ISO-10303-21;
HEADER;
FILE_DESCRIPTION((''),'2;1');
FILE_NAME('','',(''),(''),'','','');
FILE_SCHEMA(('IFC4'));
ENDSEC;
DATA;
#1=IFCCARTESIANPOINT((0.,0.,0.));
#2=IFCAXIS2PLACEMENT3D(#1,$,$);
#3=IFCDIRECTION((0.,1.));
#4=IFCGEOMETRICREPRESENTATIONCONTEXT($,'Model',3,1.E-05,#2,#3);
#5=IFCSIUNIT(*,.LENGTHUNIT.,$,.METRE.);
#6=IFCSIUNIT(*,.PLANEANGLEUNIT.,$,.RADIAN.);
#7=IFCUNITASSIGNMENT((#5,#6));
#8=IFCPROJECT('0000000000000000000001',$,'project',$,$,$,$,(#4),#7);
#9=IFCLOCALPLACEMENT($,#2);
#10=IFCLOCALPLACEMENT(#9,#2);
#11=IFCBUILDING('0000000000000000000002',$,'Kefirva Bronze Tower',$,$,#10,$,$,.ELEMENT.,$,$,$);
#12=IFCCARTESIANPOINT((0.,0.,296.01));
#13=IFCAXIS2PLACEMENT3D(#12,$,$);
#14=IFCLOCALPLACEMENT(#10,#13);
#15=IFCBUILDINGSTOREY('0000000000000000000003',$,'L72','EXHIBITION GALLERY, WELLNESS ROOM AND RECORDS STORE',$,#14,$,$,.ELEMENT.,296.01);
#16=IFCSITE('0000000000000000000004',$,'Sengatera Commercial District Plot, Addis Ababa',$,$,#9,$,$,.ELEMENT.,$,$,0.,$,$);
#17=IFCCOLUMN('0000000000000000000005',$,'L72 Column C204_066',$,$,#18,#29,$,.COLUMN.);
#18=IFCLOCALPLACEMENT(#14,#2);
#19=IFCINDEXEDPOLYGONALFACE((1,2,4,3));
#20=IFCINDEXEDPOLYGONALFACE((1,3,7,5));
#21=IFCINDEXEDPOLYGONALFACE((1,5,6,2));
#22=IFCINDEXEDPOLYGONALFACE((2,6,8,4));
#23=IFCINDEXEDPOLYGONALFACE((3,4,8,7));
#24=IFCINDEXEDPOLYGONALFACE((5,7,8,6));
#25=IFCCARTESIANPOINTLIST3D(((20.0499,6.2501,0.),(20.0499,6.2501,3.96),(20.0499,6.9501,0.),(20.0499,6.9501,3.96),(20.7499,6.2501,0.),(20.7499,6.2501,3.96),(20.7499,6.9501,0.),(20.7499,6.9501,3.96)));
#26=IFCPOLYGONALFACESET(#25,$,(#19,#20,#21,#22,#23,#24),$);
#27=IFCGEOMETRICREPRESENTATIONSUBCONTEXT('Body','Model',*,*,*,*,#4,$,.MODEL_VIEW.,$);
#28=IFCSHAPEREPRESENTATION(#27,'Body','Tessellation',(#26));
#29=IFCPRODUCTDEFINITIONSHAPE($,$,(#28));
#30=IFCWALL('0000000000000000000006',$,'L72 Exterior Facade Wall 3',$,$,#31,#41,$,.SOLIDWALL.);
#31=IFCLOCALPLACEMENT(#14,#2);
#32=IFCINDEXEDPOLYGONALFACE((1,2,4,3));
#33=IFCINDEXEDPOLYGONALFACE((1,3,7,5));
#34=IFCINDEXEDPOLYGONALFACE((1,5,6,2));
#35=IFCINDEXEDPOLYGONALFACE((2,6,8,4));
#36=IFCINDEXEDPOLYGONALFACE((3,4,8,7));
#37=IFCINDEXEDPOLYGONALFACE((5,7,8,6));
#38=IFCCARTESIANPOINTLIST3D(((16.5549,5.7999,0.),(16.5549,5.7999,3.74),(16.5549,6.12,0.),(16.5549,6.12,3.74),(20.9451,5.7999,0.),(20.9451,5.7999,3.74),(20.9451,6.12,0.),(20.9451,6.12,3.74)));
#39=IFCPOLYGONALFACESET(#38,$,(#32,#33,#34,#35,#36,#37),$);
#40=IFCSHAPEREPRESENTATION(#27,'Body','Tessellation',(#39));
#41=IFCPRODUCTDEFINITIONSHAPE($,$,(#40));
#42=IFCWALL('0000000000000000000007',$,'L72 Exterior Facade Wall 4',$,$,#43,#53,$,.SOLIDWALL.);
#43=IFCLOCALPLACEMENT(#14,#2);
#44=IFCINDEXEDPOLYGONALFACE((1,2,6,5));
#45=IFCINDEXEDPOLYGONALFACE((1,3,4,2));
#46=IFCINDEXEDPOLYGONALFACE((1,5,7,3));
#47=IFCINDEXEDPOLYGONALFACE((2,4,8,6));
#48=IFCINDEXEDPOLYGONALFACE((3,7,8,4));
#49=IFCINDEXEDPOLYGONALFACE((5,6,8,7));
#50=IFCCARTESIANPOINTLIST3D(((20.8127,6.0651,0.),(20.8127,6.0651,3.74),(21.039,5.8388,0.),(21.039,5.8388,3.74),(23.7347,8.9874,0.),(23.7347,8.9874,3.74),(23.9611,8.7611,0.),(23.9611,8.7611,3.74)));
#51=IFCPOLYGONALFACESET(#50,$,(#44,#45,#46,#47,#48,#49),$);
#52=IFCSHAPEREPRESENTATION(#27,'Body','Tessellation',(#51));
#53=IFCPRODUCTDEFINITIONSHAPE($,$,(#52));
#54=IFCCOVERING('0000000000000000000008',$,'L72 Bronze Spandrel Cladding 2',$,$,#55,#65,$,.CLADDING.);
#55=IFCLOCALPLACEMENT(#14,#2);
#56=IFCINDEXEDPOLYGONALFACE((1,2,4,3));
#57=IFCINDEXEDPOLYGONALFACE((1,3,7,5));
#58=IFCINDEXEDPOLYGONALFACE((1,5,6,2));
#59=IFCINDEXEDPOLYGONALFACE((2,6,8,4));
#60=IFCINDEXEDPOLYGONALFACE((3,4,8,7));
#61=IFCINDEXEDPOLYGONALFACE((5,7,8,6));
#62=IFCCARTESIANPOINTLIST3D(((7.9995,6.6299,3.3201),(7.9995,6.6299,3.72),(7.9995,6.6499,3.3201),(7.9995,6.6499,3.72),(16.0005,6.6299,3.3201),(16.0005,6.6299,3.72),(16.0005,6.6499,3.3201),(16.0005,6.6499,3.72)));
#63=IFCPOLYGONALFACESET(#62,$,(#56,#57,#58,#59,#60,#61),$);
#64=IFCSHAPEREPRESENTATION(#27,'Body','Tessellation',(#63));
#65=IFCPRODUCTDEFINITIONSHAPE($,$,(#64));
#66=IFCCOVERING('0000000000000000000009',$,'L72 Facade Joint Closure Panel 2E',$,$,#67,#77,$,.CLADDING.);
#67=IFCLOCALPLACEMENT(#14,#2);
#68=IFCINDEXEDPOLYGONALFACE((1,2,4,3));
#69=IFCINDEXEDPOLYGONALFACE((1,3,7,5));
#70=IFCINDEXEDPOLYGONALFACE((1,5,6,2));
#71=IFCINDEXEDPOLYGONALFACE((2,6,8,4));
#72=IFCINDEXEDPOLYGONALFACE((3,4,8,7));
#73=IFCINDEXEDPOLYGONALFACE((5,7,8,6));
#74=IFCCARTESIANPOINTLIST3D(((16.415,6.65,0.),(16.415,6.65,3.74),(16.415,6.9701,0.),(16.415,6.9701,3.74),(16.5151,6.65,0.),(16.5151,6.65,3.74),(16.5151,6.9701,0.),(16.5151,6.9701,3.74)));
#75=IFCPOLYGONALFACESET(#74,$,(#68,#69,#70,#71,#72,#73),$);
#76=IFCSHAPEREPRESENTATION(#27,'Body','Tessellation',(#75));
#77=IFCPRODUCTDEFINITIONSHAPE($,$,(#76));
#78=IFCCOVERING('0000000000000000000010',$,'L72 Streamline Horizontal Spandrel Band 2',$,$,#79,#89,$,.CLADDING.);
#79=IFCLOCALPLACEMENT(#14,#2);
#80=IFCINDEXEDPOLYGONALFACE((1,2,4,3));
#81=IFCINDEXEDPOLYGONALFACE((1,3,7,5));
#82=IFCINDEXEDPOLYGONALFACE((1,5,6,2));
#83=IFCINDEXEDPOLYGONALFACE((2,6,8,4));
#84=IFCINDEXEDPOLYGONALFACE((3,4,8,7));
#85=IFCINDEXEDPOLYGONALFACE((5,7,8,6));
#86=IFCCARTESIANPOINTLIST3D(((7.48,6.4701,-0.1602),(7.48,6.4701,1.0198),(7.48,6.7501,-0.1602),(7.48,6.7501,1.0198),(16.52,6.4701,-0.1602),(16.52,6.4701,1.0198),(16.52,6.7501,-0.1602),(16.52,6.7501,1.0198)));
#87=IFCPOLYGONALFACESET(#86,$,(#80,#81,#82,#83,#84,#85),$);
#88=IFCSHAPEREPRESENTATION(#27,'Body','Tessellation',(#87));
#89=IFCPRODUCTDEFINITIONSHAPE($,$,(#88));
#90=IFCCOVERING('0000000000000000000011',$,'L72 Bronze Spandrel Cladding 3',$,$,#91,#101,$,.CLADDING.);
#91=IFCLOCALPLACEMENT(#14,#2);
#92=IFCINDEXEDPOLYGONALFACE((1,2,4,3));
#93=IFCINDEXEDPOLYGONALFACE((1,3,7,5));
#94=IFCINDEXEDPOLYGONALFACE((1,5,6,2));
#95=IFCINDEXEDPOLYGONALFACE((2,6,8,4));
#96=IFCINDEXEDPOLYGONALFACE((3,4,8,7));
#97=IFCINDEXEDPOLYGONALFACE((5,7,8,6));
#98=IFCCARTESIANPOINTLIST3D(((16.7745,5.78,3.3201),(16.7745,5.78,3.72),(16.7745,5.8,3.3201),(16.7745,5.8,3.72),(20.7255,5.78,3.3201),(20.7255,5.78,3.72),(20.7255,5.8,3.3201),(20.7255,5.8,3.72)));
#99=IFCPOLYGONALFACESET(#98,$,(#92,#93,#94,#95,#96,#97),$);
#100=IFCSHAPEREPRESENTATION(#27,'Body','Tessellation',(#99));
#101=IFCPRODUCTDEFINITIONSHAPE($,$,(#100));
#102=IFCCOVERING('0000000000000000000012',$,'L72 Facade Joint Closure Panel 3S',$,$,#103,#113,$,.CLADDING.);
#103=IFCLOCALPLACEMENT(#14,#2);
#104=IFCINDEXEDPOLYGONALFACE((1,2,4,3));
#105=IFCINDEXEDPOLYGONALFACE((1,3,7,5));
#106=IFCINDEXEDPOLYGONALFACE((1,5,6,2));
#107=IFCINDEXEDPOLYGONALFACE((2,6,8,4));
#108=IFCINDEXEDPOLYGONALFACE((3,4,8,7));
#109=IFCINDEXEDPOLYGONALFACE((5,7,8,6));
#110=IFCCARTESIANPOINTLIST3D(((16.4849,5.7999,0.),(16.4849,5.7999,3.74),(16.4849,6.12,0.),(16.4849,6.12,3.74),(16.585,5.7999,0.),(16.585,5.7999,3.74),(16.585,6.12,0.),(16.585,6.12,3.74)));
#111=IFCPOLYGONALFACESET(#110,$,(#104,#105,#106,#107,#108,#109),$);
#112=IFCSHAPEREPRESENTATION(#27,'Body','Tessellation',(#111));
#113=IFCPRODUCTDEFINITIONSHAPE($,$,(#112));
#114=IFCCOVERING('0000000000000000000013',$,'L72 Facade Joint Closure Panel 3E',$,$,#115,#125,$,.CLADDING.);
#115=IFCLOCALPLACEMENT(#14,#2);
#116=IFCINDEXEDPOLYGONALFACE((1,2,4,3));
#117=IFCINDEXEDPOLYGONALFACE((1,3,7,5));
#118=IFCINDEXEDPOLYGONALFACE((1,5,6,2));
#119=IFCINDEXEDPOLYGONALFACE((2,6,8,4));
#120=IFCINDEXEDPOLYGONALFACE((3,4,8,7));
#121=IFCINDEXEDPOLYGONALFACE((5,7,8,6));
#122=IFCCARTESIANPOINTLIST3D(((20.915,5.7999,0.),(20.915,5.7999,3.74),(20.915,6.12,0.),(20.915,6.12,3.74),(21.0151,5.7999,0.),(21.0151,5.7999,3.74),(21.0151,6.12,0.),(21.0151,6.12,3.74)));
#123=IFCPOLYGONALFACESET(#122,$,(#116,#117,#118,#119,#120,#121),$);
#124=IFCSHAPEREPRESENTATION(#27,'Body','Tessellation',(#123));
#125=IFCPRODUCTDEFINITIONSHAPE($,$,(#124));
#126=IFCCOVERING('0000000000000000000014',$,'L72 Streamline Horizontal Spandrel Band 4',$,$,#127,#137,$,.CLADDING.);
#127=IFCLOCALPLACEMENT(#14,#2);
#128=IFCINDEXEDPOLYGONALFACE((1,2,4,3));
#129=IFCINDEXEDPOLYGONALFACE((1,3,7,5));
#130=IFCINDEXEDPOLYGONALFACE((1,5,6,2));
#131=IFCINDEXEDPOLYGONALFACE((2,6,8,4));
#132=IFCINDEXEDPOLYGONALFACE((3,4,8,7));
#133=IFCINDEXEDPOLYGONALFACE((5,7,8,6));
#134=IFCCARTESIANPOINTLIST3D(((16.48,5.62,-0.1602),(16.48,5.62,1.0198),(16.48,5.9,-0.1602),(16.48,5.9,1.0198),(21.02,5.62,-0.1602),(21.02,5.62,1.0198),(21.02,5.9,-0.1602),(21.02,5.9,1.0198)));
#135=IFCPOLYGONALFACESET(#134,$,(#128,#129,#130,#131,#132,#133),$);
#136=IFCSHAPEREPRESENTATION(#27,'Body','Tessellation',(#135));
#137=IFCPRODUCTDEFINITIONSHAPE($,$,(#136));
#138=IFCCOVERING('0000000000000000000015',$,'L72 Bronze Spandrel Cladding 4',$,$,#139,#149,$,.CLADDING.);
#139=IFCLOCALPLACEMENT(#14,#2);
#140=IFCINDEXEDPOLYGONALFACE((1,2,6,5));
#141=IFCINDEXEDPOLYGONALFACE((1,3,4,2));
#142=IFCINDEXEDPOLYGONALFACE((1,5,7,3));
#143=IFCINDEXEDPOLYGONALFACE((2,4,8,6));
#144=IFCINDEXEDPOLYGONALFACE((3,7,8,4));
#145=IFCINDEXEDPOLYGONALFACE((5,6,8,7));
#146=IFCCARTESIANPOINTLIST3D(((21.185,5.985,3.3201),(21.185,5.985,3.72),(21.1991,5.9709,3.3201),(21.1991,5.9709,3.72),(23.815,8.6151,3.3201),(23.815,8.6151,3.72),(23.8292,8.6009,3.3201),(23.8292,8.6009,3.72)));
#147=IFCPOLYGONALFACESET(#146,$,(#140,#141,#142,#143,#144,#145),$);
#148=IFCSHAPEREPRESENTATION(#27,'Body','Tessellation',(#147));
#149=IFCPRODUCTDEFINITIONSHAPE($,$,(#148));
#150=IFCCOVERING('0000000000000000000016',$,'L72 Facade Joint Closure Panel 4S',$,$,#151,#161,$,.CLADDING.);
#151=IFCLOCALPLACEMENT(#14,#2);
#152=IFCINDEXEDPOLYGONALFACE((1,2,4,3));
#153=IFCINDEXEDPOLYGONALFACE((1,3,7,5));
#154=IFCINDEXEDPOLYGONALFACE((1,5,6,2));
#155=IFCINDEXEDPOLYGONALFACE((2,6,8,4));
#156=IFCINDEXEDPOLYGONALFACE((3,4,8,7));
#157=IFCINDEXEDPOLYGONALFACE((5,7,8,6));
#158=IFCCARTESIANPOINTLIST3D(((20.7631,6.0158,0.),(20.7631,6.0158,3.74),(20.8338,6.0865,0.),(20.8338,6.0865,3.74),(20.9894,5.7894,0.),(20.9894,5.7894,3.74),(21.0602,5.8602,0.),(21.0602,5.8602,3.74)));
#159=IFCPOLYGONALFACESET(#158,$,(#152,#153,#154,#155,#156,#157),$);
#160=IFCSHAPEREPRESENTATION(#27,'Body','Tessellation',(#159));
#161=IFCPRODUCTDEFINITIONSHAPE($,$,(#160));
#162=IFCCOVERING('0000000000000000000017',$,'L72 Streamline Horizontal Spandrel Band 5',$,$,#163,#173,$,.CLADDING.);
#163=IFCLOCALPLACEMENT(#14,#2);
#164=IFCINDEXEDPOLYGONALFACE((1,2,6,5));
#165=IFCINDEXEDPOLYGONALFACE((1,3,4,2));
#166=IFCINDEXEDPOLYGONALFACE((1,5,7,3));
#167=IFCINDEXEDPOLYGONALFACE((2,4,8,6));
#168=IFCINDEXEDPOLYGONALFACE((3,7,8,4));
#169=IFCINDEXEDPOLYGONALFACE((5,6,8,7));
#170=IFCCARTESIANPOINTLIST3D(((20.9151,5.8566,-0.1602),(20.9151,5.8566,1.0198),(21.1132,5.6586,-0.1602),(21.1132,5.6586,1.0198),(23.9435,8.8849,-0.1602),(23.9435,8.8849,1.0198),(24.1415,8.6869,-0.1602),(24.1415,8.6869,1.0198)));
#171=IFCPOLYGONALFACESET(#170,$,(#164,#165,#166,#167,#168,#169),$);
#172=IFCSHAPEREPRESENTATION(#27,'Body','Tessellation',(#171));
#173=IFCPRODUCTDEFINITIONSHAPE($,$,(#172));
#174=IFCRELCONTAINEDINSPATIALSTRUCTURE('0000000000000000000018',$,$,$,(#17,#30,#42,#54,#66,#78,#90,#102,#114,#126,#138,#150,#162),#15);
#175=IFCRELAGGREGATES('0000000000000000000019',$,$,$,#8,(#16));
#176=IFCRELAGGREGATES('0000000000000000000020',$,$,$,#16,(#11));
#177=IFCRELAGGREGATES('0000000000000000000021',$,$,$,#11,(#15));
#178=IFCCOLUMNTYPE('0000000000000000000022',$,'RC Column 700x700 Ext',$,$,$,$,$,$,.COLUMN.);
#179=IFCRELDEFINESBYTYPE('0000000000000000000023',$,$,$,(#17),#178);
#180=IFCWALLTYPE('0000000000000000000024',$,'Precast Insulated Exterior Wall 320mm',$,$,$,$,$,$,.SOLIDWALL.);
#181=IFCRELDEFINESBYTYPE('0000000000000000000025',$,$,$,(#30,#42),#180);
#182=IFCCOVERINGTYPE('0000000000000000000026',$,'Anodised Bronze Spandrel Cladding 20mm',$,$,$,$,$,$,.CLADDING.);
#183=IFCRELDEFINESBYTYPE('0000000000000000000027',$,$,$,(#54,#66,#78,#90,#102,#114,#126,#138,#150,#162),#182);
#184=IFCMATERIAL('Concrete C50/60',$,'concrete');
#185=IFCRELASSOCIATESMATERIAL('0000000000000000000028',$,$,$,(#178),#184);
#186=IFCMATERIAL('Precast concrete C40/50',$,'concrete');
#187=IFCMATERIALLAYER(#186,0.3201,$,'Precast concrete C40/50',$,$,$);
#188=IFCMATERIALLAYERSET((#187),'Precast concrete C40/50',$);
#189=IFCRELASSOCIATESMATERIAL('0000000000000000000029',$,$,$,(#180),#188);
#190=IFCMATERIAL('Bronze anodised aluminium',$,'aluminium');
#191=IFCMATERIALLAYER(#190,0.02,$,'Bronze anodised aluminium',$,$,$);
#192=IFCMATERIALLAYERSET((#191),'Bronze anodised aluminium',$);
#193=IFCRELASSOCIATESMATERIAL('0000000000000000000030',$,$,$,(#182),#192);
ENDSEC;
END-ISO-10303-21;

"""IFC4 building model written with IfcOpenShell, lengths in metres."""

from ifc_helpers import new_model, si_unit, direction, frame, frame_2d, origin, origin_2d, place, context, subcontext, project, spatial, rectangle, extrude, material, layer, layer_set, material_profile, profile_set, type_object, element, save


model = new_model("IFC4")

# Units and contexts
model_context = context("Model", 3, precision=1e-05, world=origin(), true_north=direction((0.0, 1.0)))
body_context = subcontext(model_context, "Body", "Model", "MODEL_VIEW")
ifc_project = project(units=[si_unit("LENGTHUNIT", "METRE"), si_unit("PLANEANGLEUNIT", "RADIAN")], contexts=[model_context])

# Site, building, storey
site_placement = place(None, origin())
site = spatial("IfcSite", under=ifc_project, at=site_placement, Name="Sengatera Commercial District Plot, Addis Ababa", CompositionType="ELEMENT", RefElevation=0.0)
building_placement = place(site_placement, origin())
building = spatial("IfcBuilding", under=site, at=building_placement, Name="Kefirva Bronze Tower", CompositionType="ELEMENT")
storey_placement = place(building_placement, frame((0.0, 0.0, 296.01)))
storey = spatial("IfcBuildingStorey", under=building, at=storey_placement, Name="L72", Description="EXHIBITION GALLERY, WELLNESS ROOM AND RECORDS STORE", CompositionType="ELEMENT", Elevation=296.01)

# Column
ifc_material_1 = material(Name="Concrete C50/60", Category="concrete")
ifc_material_profile = material_profile(ifc_material_1, rectangle(XDim=0.7, YDim=0.7, at=origin_2d()), Name="RC 700x700")
ifc_profile_set = profile_set([ifc_material_profile], Name="Concrete C50/60")
column_type = type_object("IfcColumnType", Name="RC Column 700x700 Ext", PredefinedType="COLUMN", material=ifc_profile_set)
column_placement = place(storey_placement, frame((20.3999, 6.6001, 0.0), z_axis=(0.0, 0.0, 1.0), x_axis=(1.0, 0.0, 0.0)))
element("IfcColumn", 1, at=column_placement, inside=storey, type_object=column_type, Name="L72 Column C204_066", PredefinedType="COLUMN", context=body_context, shape_type="SweptSolid", body=[
    extrude(rectangle(XDim=0.7, YDim=0.7, at=origin_2d()), origin(), (0.0, 0.0, 1.0), 3.96),
])

# Walls
ifc_material_2 = material(Name="Precast concrete C40/50", Category="concrete")
ifc_layer_1 = layer(ifc_material_2, 0.3201, Name="Precast concrete C40/50")
ifc_layer_set_1 = layer_set([ifc_layer_1], Name="Precast concrete C40/50")
wall_type = type_object("IfcWallType", Name="Precast Insulated Exterior Wall 320mm", PredefinedType="SOLIDWALL", material=ifc_layer_set_1)
wall_1_placement = place(storey_placement, frame((16.5549, 5.96, 0.0), z_axis=(0.0, 0.0, 1.0), x_axis=(1.0, 0.0, 0.0)))
element("IfcWall", 2, at=wall_1_placement, inside=storey, type_object=wall_type, Name="L72 Exterior Facade Wall 3", PredefinedType="SOLIDWALL", context=body_context, shape_type="SweptSolid", body=[
    extrude(rectangle(XDim=4.3901, YDim=0.3201, at=frame_2d((2.1951, 0.0))), origin(), (0.0, 0.0, 1.0), 3.74),
])
wall_2_placement = place(storey_placement, frame((20.9258, 5.9519, 0.0), z_axis=(0.0, 0.0, 1.0), x_axis=(0.707077, 0.707136, 0.0)))
element("IfcWall", 3, at=wall_2_placement, inside=storey, type_object=wall_type, Name="L72 Exterior Facade Wall 4", PredefinedType="SOLIDWALL", context=body_context, shape_type="SweptSolid", body=[
    extrude(rectangle(XDim=4.1326, YDim=0.3201, at=frame_2d((2.0664, 0.0))), origin(), (0.0, 0.0, 1.0), 3.74),
])

# Coverings
ifc_material_3 = material(Name="Bronze anodised aluminium", Category="aluminium")
ifc_layer_2 = layer(ifc_material_3, 0.02, Name="Bronze anodised aluminium")
ifc_layer_set_2 = layer_set([ifc_layer_2], Name="Bronze anodised aluminium")
covering_type_1 = type_object("IfcCoveringType", Name="Anodised Bronze Spandrel Cladding 20mm", PredefinedType="CLADDING", material=ifc_layer_set_2)
covering_1_placement = place(storey_placement, frame((12.0, 6.6399, 3.3201), z_axis=(0.0, 0.0, 1.0), x_axis=(1.0, 0.0, 0.0)))
element("IfcCovering", 4, at=covering_1_placement, inside=storey, type_object=covering_type_1, Name="L72 Bronze Spandrel Cladding 2", PredefinedType="CLADDING", context=body_context, shape_type="SweptSolid", body=[
    extrude(rectangle(XDim=8.001, YDim=0.02, at=origin_2d()), origin(), (0.0, 0.0, 1.0), 0.3999),
])
covering_2_placement = place(storey_placement, frame((16.4651, 6.8101, 0.0), z_axis=(0.0, 0.0, 1.0), x_axis=(1.0, 0.0, 0.0)))
element("IfcCovering", 5, at=covering_2_placement, inside=storey, type_object=covering_type_1, Name="L72 Facade Joint Closure Panel 2E", PredefinedType="CLADDING", context=body_context, shape_type="SweptSolid", body=[
    extrude(rectangle(XDim=0.1001, YDim=0.3201, at=origin_2d()), origin(), (0.0, 0.0, 1.0), 3.74),
])
covering_3_placement = place(storey_placement, frame((12.0, 6.6101, -0.1602), z_axis=(0.0, 0.0, 1.0), x_axis=(1.0, 0.0, 0.0)))
element("IfcCovering", 6, at=covering_3_placement, inside=storey, type_object=covering_type_1, Name="L72 Streamline Horizontal Spandrel Band 2", PredefinedType="CLADDING", context=body_context, shape_type="SweptSolid", body=[
    extrude(rectangle(XDim=9.04, YDim=0.28, at=origin_2d()), origin(), (0.0, 0.0, 1.0), 1.1799),
])
covering_4_placement = place(storey_placement, frame((18.75, 5.79, 3.3201), z_axis=(0.0, 0.0, 1.0), x_axis=(1.0, 0.0, 0.0)))
element("IfcCovering", 7, at=covering_4_placement, inside=storey, type_object=covering_type_1, Name="L72 Bronze Spandrel Cladding 3", PredefinedType="CLADDING", context=body_context, shape_type="SweptSolid", body=[
    extrude(rectangle(XDim=3.9509, YDim=0.02, at=origin_2d()), origin(), (0.0, 0.0, 1.0), 0.3999),
])
for number, where, z_axis, x_axis, name in (
    (8, (16.5349, 5.96, 0.0), (0.0, 0.0, 1.0), (1.0, 0.0, 0.0), "L72 Facade Joint Closure Panel 3S"),
    (9, (20.9651, 5.96, 0.0), (0.0, 0.0, 1.0), (1.0, 0.0, 0.0), "L72 Facade Joint Closure Panel 3E"),
):
    element("IfcCovering", number, at=place(storey_placement, frame(where, z_axis=z_axis, x_axis=x_axis)), inside=storey, type_object=covering_type_1, Name=name, PredefinedType="CLADDING", context=body_context, shape_type="SweptSolid", body=[
        extrude(rectangle(XDim=0.1001, YDim=0.3201, at=origin_2d()), origin(), (0.0, 0.0, 1.0), 3.74),
    ])
covering_5_placement = place(storey_placement, frame((18.75, 5.76, -0.1602), z_axis=(0.0, 0.0, 1.0), x_axis=(1.0, 0.0, 0.0)))
element("IfcCovering", 10, at=covering_5_placement, inside=storey, type_object=covering_type_1, Name="L72 Streamline Horizontal Spandrel Band 4", PredefinedType="CLADDING", context=body_context, shape_type="SweptSolid", body=[
    extrude(rectangle(XDim=4.54, YDim=0.28, at=origin_2d()), origin(), (0.0, 0.0, 1.0), 1.1799),
])
covering_6_placement = place(storey_placement, frame((22.5071, 7.293, 3.3201), z_axis=(0.0, 0.0, 1.0), x_axis=(0.707107, 0.707107, 0.0)))
element("IfcCovering", 11, at=covering_6_placement, inside=storey, type_object=covering_type_1, Name="L72 Bronze Spandrel Cladding 4", PredefinedType="CLADDING", context=body_context, shape_type="SweptSolid", body=[
    extrude(rectangle(XDim=3.7195, YDim=0.02, at=origin_2d()), origin(), (0.0, 0.0, 1.0), 0.3999),
])
covering_7_placement = place(storey_placement, frame((20.9116, 5.938, 0.0), z_axis=(0.0, 0.0, 1.0), x_axis=(0.707107, 0.707107, 0.0)))
element("IfcCovering", 12, at=covering_7_placement, inside=storey, type_object=covering_type_1, Name="L72 Facade Joint Closure Panel 4S", PredefinedType="CLADDING", context=body_context, shape_type="SweptSolid", body=[
    extrude(rectangle(XDim=0.1001, YDim=0.3201, at=origin_2d()), origin(), (0.0, 0.0, 1.0), 3.74),
])
covering_8_placement = place(storey_placement, frame((22.5283, 7.2717, -0.1602), z_axis=(0.0, 0.0, 1.0), x_axis=(0.707107, 0.707107, 0.0)))
element("IfcCovering", 13, at=covering_8_placement, inside=storey, type_object=covering_type_1, Name="L72 Streamline Horizontal Spandrel Band 5", PredefinedType="CLADDING", context=body_context, shape_type="SweptSolid", body=[
    extrude(rectangle(XDim=4.2827, YDim=0.28, at=origin_2d()), origin(), (0.0, 0.0, 1.0), 1.1799),
])

save(model, "model.ifc")
